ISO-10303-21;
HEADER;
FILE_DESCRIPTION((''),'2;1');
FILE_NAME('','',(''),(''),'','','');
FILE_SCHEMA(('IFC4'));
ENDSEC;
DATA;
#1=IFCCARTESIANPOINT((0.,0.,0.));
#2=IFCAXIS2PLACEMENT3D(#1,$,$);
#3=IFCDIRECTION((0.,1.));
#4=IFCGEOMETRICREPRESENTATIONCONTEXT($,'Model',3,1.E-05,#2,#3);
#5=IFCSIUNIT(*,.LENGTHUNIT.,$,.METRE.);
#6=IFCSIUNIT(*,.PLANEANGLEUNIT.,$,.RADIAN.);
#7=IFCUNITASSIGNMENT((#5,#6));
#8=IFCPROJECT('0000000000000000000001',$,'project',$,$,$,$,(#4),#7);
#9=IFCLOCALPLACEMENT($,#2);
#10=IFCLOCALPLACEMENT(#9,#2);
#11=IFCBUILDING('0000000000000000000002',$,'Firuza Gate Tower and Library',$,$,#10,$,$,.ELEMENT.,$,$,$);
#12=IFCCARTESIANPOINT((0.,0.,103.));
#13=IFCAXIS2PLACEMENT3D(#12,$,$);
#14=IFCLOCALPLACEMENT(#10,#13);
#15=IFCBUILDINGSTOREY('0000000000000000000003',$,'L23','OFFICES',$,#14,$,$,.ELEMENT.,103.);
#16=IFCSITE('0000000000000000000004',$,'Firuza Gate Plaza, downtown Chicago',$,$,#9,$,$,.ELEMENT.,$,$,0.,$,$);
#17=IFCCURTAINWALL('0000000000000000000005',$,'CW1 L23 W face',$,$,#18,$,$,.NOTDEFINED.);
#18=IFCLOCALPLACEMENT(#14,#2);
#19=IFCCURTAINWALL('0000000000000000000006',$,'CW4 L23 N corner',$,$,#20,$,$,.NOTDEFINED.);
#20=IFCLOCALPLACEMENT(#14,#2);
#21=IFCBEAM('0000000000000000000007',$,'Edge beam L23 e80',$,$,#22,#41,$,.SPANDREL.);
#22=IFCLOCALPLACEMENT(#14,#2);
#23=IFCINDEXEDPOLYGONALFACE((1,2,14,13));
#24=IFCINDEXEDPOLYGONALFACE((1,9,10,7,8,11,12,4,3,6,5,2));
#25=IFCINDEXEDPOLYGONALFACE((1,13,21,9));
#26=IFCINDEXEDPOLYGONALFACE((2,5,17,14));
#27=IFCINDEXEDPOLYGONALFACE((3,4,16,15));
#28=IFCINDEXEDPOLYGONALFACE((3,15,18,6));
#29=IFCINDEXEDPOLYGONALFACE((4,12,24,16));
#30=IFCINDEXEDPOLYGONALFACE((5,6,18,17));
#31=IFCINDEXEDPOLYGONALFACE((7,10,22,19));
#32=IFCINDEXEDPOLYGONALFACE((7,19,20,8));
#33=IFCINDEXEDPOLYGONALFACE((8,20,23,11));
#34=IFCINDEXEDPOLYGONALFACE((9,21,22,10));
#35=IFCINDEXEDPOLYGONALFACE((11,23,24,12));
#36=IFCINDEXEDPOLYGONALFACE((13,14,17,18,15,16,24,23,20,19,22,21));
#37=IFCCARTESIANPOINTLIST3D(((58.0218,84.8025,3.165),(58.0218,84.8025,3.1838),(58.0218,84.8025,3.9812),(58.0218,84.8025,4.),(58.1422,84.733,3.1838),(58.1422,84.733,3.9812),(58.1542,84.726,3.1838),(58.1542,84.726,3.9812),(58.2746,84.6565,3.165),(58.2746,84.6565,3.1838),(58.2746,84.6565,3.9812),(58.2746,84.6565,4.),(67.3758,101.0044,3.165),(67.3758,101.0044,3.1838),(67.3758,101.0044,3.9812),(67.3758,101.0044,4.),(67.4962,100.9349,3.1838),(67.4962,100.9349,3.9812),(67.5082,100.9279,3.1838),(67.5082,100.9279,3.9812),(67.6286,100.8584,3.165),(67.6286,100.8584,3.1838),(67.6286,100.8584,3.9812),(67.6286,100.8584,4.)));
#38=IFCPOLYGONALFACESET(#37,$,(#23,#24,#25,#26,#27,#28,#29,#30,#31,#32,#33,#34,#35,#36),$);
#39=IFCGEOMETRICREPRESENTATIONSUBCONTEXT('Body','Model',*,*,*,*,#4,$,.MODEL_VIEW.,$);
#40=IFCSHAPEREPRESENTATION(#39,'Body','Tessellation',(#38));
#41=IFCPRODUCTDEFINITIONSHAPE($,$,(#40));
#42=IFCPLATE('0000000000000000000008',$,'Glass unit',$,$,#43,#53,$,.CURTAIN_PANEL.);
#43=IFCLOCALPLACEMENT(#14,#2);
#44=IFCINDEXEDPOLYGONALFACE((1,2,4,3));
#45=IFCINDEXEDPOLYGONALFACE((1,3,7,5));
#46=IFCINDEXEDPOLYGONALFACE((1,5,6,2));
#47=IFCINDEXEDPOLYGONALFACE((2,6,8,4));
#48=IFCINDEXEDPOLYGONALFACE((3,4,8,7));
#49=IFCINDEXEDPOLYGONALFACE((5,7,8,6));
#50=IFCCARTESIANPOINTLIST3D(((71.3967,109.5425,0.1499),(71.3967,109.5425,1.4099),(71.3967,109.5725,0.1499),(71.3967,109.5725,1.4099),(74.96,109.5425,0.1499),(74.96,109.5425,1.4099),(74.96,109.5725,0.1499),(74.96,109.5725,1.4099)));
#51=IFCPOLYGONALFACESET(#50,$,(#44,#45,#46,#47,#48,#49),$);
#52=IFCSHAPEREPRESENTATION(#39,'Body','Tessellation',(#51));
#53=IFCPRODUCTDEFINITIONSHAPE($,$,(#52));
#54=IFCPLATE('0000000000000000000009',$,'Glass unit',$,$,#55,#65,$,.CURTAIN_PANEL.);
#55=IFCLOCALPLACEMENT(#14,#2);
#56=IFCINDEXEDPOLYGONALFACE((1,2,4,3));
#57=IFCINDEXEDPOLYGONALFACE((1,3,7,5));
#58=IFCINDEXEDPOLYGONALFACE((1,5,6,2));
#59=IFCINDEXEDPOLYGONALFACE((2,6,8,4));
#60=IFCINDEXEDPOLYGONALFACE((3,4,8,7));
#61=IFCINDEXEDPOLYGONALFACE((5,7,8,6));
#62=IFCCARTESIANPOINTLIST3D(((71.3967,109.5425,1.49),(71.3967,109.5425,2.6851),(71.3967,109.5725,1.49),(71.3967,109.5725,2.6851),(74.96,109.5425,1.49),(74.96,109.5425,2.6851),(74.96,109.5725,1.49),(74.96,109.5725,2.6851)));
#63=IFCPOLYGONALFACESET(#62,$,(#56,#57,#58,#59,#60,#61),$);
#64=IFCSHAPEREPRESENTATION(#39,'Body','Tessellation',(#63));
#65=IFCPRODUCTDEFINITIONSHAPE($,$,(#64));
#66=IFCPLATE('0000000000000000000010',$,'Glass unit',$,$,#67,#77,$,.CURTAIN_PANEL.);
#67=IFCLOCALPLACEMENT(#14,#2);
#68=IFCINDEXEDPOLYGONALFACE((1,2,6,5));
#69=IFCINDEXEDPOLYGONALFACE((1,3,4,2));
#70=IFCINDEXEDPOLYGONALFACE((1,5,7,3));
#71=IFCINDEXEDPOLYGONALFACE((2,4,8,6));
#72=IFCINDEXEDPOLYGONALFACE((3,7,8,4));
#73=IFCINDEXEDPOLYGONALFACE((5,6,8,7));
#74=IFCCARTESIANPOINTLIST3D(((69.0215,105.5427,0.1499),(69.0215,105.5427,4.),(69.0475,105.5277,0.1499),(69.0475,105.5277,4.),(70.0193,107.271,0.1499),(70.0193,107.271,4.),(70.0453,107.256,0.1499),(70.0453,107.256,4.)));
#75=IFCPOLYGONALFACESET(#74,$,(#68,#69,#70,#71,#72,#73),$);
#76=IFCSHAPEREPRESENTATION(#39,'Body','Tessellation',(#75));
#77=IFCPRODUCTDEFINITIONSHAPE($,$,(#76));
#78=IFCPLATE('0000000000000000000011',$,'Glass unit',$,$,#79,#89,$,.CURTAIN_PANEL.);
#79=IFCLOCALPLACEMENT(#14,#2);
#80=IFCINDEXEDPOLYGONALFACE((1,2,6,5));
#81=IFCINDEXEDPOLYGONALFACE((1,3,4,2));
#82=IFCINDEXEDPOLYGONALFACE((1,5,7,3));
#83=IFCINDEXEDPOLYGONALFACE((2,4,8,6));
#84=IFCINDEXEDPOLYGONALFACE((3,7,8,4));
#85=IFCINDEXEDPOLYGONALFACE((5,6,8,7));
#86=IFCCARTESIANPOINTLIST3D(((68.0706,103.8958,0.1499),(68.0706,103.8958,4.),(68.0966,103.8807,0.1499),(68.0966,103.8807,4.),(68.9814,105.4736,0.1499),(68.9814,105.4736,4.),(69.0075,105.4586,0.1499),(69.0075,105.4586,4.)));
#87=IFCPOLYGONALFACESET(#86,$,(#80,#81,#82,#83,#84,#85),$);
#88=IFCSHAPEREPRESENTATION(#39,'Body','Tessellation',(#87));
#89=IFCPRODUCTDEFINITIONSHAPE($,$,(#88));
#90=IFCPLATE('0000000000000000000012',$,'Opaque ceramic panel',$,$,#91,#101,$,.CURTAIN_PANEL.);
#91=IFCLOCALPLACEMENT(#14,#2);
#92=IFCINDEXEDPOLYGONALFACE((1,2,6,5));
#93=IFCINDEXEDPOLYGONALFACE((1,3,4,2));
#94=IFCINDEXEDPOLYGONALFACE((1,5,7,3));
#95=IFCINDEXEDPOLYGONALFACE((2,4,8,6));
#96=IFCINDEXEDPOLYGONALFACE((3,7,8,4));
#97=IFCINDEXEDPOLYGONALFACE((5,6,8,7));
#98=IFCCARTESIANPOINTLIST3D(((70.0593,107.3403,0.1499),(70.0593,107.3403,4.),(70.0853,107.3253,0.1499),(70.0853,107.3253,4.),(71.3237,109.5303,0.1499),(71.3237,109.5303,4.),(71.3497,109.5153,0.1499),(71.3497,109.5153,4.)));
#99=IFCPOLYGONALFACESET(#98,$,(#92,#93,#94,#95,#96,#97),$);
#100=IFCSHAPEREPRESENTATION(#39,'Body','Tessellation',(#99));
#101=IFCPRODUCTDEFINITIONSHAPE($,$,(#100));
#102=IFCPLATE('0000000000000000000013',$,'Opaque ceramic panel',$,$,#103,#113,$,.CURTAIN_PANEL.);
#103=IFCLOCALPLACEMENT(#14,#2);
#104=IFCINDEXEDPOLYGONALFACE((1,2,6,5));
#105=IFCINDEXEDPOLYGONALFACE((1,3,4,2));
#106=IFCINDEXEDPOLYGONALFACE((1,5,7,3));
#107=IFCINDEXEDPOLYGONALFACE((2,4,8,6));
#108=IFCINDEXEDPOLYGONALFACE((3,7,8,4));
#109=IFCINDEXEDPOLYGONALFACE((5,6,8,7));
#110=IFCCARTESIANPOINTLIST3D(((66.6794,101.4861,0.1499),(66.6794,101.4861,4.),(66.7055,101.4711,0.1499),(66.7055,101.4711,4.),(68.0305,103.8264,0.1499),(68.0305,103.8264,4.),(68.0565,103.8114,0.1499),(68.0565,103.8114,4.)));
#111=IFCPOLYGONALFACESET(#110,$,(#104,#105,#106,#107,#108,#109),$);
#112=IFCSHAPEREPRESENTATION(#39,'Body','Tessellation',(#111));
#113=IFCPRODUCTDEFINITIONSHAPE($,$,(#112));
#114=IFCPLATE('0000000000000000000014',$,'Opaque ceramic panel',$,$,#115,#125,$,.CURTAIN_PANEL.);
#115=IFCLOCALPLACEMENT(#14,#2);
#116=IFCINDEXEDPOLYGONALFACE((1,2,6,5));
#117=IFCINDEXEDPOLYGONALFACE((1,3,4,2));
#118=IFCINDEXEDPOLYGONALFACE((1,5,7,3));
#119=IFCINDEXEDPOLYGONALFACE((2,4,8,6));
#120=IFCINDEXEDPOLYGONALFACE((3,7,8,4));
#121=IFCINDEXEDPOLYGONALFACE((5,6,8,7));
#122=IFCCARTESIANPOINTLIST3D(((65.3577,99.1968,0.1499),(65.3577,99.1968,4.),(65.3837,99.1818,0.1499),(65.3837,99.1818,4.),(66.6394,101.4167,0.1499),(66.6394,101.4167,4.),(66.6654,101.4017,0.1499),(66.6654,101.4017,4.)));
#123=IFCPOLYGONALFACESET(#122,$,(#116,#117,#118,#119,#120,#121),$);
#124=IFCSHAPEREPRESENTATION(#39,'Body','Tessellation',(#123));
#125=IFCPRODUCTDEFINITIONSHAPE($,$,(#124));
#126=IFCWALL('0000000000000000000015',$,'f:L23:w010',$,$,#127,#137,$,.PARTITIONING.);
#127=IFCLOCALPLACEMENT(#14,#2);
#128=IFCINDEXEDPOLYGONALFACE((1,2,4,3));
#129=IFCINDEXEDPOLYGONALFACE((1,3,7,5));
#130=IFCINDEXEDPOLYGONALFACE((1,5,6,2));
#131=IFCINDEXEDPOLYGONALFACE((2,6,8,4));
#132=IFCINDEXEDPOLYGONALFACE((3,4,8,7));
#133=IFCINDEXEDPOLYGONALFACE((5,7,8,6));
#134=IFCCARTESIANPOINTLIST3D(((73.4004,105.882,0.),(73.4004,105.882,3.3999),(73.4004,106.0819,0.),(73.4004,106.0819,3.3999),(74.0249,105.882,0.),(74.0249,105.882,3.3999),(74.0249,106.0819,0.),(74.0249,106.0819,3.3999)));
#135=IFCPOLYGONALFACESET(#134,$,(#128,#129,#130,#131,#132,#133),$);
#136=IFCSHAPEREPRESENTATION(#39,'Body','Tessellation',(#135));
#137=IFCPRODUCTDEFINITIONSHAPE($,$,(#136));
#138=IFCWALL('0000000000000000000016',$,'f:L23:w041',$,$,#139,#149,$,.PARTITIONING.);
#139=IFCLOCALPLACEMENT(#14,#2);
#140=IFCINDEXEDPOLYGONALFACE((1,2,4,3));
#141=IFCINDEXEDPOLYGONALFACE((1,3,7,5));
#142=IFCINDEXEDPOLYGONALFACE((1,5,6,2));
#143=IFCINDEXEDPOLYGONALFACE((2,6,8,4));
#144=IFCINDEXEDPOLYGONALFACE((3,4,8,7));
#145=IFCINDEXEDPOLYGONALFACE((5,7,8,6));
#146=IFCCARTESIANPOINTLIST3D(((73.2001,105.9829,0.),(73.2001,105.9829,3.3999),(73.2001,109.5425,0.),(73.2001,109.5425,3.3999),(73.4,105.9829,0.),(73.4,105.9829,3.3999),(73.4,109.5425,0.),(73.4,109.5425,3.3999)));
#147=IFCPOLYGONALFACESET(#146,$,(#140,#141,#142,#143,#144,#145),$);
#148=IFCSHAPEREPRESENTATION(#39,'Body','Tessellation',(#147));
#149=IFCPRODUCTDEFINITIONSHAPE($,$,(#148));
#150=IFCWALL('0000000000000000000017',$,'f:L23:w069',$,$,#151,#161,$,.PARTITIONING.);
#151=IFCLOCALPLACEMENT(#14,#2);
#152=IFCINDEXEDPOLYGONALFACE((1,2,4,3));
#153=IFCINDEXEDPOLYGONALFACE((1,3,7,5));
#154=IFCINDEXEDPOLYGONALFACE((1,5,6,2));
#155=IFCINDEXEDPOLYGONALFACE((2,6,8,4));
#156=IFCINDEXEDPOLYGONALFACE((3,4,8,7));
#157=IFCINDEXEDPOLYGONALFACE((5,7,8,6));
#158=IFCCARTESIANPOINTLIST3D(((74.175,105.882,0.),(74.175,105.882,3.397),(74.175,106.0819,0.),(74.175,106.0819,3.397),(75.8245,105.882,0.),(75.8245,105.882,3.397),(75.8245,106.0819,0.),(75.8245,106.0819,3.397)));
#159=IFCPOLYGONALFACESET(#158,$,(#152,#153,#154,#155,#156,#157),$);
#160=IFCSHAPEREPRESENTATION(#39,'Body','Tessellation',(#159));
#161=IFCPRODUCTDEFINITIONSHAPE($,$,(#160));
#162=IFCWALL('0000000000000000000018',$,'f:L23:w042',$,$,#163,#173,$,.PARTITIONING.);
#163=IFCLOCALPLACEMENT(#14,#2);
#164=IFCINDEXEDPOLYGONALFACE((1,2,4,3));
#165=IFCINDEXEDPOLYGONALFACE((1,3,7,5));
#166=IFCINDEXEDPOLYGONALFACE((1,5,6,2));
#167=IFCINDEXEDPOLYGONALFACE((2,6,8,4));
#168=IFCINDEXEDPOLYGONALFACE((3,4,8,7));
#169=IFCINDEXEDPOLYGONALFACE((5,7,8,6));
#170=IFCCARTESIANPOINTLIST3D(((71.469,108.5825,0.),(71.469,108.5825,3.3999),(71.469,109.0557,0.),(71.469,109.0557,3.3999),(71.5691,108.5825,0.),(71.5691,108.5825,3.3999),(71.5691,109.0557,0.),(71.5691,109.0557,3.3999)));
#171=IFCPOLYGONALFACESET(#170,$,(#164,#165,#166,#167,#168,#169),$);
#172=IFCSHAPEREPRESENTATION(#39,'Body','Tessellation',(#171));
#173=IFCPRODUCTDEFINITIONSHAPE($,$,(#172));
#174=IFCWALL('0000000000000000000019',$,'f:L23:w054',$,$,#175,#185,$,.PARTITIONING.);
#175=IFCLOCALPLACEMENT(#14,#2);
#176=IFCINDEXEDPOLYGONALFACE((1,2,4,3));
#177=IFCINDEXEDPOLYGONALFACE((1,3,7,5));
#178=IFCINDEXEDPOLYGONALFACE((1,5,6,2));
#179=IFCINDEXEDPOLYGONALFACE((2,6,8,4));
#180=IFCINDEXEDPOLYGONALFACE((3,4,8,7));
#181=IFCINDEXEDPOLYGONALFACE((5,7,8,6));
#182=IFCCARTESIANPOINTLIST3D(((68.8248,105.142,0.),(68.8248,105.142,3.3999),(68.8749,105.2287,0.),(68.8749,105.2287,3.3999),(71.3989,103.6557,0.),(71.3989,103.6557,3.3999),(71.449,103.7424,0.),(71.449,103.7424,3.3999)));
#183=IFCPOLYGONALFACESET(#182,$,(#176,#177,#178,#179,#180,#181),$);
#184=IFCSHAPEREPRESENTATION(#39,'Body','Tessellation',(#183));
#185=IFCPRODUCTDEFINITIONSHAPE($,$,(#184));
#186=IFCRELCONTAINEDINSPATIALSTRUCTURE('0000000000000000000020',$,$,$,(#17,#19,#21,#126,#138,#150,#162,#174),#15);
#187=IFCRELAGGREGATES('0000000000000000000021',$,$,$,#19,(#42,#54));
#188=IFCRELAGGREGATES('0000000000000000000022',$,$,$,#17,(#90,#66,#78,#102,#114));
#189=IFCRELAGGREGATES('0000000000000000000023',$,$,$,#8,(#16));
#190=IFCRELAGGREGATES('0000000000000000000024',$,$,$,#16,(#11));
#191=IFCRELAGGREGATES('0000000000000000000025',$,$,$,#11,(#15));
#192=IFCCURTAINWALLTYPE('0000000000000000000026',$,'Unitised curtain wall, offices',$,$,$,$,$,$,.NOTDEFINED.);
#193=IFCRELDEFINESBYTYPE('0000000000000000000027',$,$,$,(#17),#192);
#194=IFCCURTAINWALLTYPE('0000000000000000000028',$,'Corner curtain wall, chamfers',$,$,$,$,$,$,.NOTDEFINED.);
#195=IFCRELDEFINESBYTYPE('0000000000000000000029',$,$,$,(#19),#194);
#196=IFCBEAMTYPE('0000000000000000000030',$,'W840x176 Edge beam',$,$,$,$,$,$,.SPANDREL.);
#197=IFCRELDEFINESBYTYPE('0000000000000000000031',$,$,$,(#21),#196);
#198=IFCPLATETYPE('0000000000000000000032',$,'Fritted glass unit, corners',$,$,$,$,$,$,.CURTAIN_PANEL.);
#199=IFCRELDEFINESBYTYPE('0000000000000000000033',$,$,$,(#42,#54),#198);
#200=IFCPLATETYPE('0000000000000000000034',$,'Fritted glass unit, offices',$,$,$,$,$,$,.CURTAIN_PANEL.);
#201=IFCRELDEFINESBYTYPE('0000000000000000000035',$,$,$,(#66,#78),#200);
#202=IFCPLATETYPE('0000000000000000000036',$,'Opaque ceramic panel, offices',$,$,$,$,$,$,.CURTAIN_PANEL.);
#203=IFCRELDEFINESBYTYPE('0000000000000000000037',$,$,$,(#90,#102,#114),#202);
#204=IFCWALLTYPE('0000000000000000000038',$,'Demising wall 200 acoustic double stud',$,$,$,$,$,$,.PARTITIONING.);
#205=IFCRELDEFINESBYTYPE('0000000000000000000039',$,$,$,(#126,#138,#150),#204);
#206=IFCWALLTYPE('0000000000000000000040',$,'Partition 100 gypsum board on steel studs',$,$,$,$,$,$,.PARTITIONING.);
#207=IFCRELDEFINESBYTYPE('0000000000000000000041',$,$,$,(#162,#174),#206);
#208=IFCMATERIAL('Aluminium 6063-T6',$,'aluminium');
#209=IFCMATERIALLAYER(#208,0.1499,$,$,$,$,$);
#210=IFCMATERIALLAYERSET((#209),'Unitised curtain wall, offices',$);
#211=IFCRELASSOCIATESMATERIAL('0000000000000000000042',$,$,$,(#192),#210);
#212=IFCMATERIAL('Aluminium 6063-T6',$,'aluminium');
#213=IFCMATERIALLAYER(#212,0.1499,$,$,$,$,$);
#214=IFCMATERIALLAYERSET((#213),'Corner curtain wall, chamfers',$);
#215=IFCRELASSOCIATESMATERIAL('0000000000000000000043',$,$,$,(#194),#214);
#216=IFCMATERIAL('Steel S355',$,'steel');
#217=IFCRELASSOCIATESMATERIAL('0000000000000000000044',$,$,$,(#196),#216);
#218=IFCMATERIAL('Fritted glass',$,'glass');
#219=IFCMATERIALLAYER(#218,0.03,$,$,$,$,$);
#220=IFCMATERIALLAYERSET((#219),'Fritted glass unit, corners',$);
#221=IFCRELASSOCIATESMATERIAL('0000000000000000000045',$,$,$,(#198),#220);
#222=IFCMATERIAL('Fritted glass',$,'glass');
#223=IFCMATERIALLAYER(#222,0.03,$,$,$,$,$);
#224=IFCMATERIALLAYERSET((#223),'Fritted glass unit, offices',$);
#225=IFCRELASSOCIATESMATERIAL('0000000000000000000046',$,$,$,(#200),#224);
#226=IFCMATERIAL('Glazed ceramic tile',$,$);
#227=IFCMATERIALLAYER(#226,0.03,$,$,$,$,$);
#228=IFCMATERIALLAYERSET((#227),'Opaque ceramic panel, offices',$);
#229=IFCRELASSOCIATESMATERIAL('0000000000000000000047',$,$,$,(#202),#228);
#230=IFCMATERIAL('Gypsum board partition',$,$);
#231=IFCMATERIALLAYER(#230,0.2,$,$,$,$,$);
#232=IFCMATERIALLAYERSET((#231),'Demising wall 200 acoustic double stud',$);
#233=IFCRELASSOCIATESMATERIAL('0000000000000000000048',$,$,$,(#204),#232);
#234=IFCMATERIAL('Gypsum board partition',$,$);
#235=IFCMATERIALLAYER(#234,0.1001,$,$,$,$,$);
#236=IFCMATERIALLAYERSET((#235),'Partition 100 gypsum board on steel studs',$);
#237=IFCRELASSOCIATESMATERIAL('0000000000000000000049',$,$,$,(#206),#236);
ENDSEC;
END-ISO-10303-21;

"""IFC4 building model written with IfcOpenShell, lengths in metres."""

from ifc_helpers import new_model, si_unit, direction, frame, frame_2d, origin, origin_2d, place, context, subcontext, project, spatial, polyline, rectangle, i_section, outline, extrude, material, layer, layer_set, material_profile, profile_set, type_object, element, aggregate, save


model = new_model("IFC4")

# Units and contexts
model_context = context("Model", 3, precision=1e-05, world=origin(), true_north=direction((0.0, 1.0)))
body_context = subcontext(model_context, "Body", "Model", "MODEL_VIEW")
ifc_project = project(units=[si_unit("LENGTHUNIT", "METRE"), si_unit("PLANEANGLEUNIT", "RADIAN")], contexts=[model_context])

# Site, building, storey
site_placement = place(None, origin())
site = spatial("IfcSite", under=ifc_project, at=site_placement, Name="Firuza Gate Plaza, downtown Chicago", CompositionType="ELEMENT", RefElevation=0.0)
building_placement = place(site_placement, origin())
building = spatial("IfcBuilding", under=site, at=building_placement, Name="Firuza Gate Tower and Library", CompositionType="ELEMENT")
storey_placement = place(building_placement, frame((0.0, 0.0, 103.0)))
storey = spatial("IfcBuildingStorey", under=building, at=storey_placement, Name="L23", Description="OFFICES", CompositionType="ELEMENT", Elevation=103.0)

# Curtain wall
ifc_material_1 = material(Name="Aluminium 6063-T6", Category="aluminium")
ifc_layer_1 = layer(ifc_material_1, 0.1499)
ifc_layer_set_1 = layer_set([ifc_layer_1], Name="Unitised curtain wall, offices")
curtain_wall_type_1 = type_object("IfcCurtainWallType", Name="Unitised curtain wall, offices", PredefinedType="NOTDEFINED", material=ifc_layer_set_1)
placement = place(storey_placement, origin())
curtain_wall_1 = element("IfcCurtainWall", 1, at=placement, inside=storey, type_object=curtain_wall_type_1, Name="CW1 L23 W face", PredefinedType="NOTDEFINED")

# Curtain wall
ifc_material_2 = material(Name="Aluminium 6063-T6", Category="aluminium")
ifc_layer_2 = layer(ifc_material_2, 0.1499)
ifc_layer_set_2 = layer_set([ifc_layer_2], Name="Corner curtain wall, chamfers")
curtain_wall_type_2 = type_object("IfcCurtainWallType", Name="Corner curtain wall, chamfers", PredefinedType="NOTDEFINED", material=ifc_layer_set_2)
curtain_wall_2 = element("IfcCurtainWall", 2, at=placement, inside=storey, type_object=curtain_wall_type_2, Name="CW4 L23 N corner", PredefinedType="NOTDEFINED")

# Beam
ifc_material_3 = material(Name="Steel S355", Category="steel")
ifc_material_profile_1 = material_profile(ifc_material_3, i_section(OverallWidth=0.292, OverallDepth=0.835, WebThickness=0.0139, FlangeThickness=0.0188, at=origin_2d()))
ifc_profile_set_1 = profile_set([ifc_material_profile_1], Name="Steel S355")
beam_type_1 = type_object("IfcBeamType", Name="W840x176 Edge beam", PredefinedType="SPANDREL", material=ifc_profile_set_1)
beam_1_placement = place(storey_placement, frame((67.5022, 100.9314, 3.5825), z_axis=(-0.499993, -0.866029, 0.0), x_axis=(0.866029, -0.499993, 0.0)))
element("IfcBeam", 3, at=beam_1_placement, inside=storey, type_object=beam_type_1, Name="Edge beam L23 e80", PredefinedType="SPANDREL", context=body_context, shape_type="SweptSolid", body=[
    extrude(i_section(OverallWidth=0.292, OverallDepth=0.835, WebThickness=0.0139, FlangeThickness=0.0188, at=origin_2d()), origin(), (0.0, 0.0, 1.0), 18.7083),
])

# Plates
ifc_material_4 = material(Name="Fritted glass", Category="glass")
ifc_layer_3 = layer(ifc_material_4, 0.03)
ifc_layer_set_3 = layer_set([ifc_layer_3], Name="Fritted glass unit, corners")
plate_type_1 = type_object("IfcPlateType", Name="Fritted glass unit, corners", PredefinedType="CURTAIN_PANEL", material=ifc_layer_set_3)
plate_1_placement = place(storey_placement, frame((74.96, 109.5725, 0.1499), z_axis=(0.0, 1.0, 0.0), x_axis=(-1.0, 0.0, 0.0)))
plate_1 = element("IfcPlate", 4, at=plate_1_placement, type_object=plate_type_1, Name="Glass unit", PredefinedType="CURTAIN_PANEL", context=body_context, shape_type="SweptSolid", body=[
    extrude(outline(polyline([(0.0, 0.0), (3.5632, 0.0), (3.5632, 1.26), (0.0, 1.26), (0.0, 0.0)])), origin(), (0.0, 0.0, -1.0), 0.03),
])
plate_2_placement = place(storey_placement, frame((74.96, 109.5725, 1.49), z_axis=(0.0, 1.0, 0.0), x_axis=(-1.0, 0.0, 0.0)))
plate_2 = element("IfcPlate", 5, at=plate_2_placement, type_object=plate_type_1, Name="Glass unit", PredefinedType="CURTAIN_PANEL", context=body_context, shape_type="SweptSolid", body=[
    extrude(outline(polyline([(0.0, 0.0), (3.5632, 0.0), (3.5632, 1.1951), (0.0, 1.1951), (0.0, 0.0)])), origin(), (0.0, 0.0, -1.0), 0.03),
])
aggregate(curtain_wall_2, [plate_1, plate_2])
ifc_material_5 = material(Name="Fritted glass", Category="glass")
ifc_layer_4 = layer(ifc_material_5, 0.03)
ifc_layer_set_4 = layer_set([ifc_layer_4], Name="Fritted glass unit, offices")
plate_type_2 = type_object("IfcPlateType", Name="Fritted glass unit, offices", PredefinedType="CURTAIN_PANEL", material=ifc_layer_set_4)
plate_3_placement = place(storey_placement, frame((70.0193, 107.271, 0.1499), z_axis=(-0.866029, 0.499994, 0.0), x_axis=(-0.499994, -0.866029, 0.0)))
plate_3 = element("IfcPlate", 6, at=plate_3_placement, type_object=plate_type_2, Name="Glass unit", PredefinedType="CURTAIN_PANEL", context=body_context, shape_type="SweptSolid", body=[
    extrude(outline(polyline([(0.0, 0.0), (1.9956, 0.0), (1.9956, 3.8501), (0.0, 3.8501), (0.0, 0.0)])), origin(), (0.0, 0.0, -1.0), 0.03),
])
plate_4_placement = place(storey_placement, frame((68.9814, 105.4736, 0.1499), z_axis=(-0.866049, 0.499958, 0.0), x_axis=(-0.499958, -0.866049, 0.0)))
plate_4 = element("IfcPlate", 7, at=plate_4_placement, type_object=plate_type_2, Name="Glass unit", PredefinedType="CURTAIN_PANEL", context=body_context, shape_type="SweptSolid", body=[
    extrude(outline(polyline([(0.0, 0.0), (1.8219, 0.0), (1.8219, 3.8501), (0.0, 3.8501), (0.0, 0.0)])), origin(), (0.0, 0.0, -1.0), 0.03),
])
ifc_material_6 = material(Name="Glazed ceramic tile")
ifc_layer_5 = layer(ifc_material_6, 0.03)
ifc_layer_set_5 = layer_set([ifc_layer_5], Name="Opaque ceramic panel, offices")
plate_type_3 = type_object("IfcPlateType", Name="Opaque ceramic panel, offices", PredefinedType="CURTAIN_PANEL", material=ifc_layer_set_5)
plate_5_placement = place(storey_placement, frame((71.3237, 109.5303, 0.1499), z_axis=(-0.866018, 0.500012, 0.0), x_axis=(-0.500012, -0.866018, 0.0)))
plate_5 = element("IfcPlate", 8, at=plate_5_placement, type_object=plate_type_3, Name="Opaque ceramic panel", PredefinedType="CURTAIN_PANEL", context=body_context, shape_type="SweptSolid", body=[
    extrude(outline(polyline([(0.0, 0.0), (2.5287, 0.0), (2.5287, 3.8501), (0.0, 3.8501), (0.0, 0.0)])), origin(), (0.0, 0.0, -1.0), 0.03),
])
plate_6_placement = place(storey_placement, frame((68.0305, 103.8264, 0.1499), z_axis=(-0.866044, 0.499967, 0.0), x_axis=(-0.499967, -0.866044, 0.0)))
plate_6 = element("IfcPlate", 9, at=plate_6_placement, type_object=plate_type_3, Name="Opaque ceramic panel", PredefinedType="CURTAIN_PANEL", context=body_context, shape_type="SweptSolid", body=[
    extrude(outline(polyline([(0.0, 0.0), (2.7023, 0.0), (2.7023, 3.8501), (0.0, 3.8501), (0.0, 0.0)])), origin(), (0.0, 0.0, -1.0), 0.03),
])
plate_7_placement = place(storey_placement, frame((66.6394, 101.4167, 0.1499), z_axis=(-0.866019, 0.500011, 0.0), x_axis=(-0.500011, -0.866019, 0.0)))
plate_7 = element("IfcPlate", 10, at=plate_7_placement, type_object=plate_type_3, Name="Opaque ceramic panel", PredefinedType="CURTAIN_PANEL", context=body_context, shape_type="SweptSolid", body=[
    extrude(outline(polyline([(0.0, 0.0), (2.5634, 0.0), (2.5634, 3.8501), (0.0, 3.8501), (0.0, 0.0)])), origin(), (0.0, 0.0, -1.0), 0.03),
])
aggregate(curtain_wall_1, [plate_5, plate_3, plate_4, plate_6, plate_7])

# Walls
ifc_material_7 = material(Name="Gypsum board partition")
ifc_layer_6 = layer(ifc_material_7, 0.2)
ifc_layer_set_6 = layer_set([ifc_layer_6], Name="Demising wall 200 acoustic double stud")
wall_type_1 = type_object("IfcWallType", Name="Demising wall 200 acoustic double stud", PredefinedType="PARTITIONING", material=ifc_layer_set_6)
wall_1_placement = place(storey_placement, frame((73.4004, 105.9819, 0.0), z_axis=(0.0, 0.0, 1.0), x_axis=(1.0, 0.0, 0.0)))
element("IfcWall", 11, at=wall_1_placement, inside=storey, type_object=wall_type_1, Name="f:L23:w010", PredefinedType="PARTITIONING", context=body_context, shape_type="SweptSolid", body=[
    extrude(rectangle(XDim=0.6245, YDim=0.2, at=frame_2d((0.3123, 0.0))), origin(), (0.0, 0.0, 1.0), 3.3999),
])
wall_2_placement = place(storey_placement, frame((73.3, 105.9829, 0.0), z_axis=(0.0, 0.0, 1.0), x_axis=(0.0, 1.0, 0.0)))
element("IfcWall", 12, at=wall_2_placement, inside=storey, type_object=wall_type_1, Name="f:L23:w041", PredefinedType="PARTITIONING", context=body_context, shape_type="SweptSolid", body=[
    extrude(rectangle(XDim=3.5596, YDim=0.2, at=frame_2d((1.7798, 0.0))), origin(), (0.0, 0.0, 1.0), 3.3999),
])
wall_3_placement = place(storey_placement, frame((74.175, 105.9819, 0.0), z_axis=(0.0, 0.0, 1.0), x_axis=(1.0, 0.0, 0.0)))
element("IfcWall", 13, at=wall_3_placement, inside=storey, type_object=wall_type_1, Name="f:L23:w069", PredefinedType="PARTITIONING", context=body_context, shape_type="SweptSolid", body=[
    extrude(rectangle(XDim=1.6494, YDim=0.2, at=frame_2d((0.8247, 0.0))), origin(), (0.0, 0.0, 1.0), 3.397),
])
ifc_material_8 = material(Name="Gypsum board partition")
ifc_layer_7 = layer(ifc_material_8, 0.1001)
ifc_layer_set_7 = layer_set([ifc_layer_7], Name="Partition 100 gypsum board on steel studs")
wall_type_2 = type_object("IfcWallType", Name="Partition 100 gypsum board on steel studs", PredefinedType="PARTITIONING", material=ifc_layer_set_7)
wall_4_placement = place(storey_placement, frame((71.519, 108.5825, 0.0), z_axis=(0.0, 0.0, 1.0), x_axis=(0.0, 1.0, 0.0)))
element("IfcWall", 14, at=wall_4_placement, inside=storey, type_object=wall_type_2, Name="f:L23:w042", PredefinedType="PARTITIONING", context=body_context, shape_type="SweptSolid", body=[
    extrude(rectangle(XDim=0.4731, YDim=0.1001, at=frame_2d((0.2366, 0.0))), origin(), (0.0, 0.0, 1.0), 3.3999),
])
wall_5_placement = place(storey_placement, frame((71.4241, 103.699, 0.0), z_axis=(0.0, 0.0, 1.0), x_axis=(-0.866011, 0.500026, 0.0)))
element("IfcWall", 15, at=wall_5_placement, inside=storey, type_object=wall_type_2, Name="f:L23:w054", PredefinedType="PARTITIONING", context=body_context, shape_type="SweptSolid", body=[
    extrude(rectangle(XDim=2.9724, YDim=0.1001, at=frame_2d((1.4863, 0.0))), origin(), (0.0, 0.0, 1.0), 3.3999),
])

save(model, "model.ifc")
